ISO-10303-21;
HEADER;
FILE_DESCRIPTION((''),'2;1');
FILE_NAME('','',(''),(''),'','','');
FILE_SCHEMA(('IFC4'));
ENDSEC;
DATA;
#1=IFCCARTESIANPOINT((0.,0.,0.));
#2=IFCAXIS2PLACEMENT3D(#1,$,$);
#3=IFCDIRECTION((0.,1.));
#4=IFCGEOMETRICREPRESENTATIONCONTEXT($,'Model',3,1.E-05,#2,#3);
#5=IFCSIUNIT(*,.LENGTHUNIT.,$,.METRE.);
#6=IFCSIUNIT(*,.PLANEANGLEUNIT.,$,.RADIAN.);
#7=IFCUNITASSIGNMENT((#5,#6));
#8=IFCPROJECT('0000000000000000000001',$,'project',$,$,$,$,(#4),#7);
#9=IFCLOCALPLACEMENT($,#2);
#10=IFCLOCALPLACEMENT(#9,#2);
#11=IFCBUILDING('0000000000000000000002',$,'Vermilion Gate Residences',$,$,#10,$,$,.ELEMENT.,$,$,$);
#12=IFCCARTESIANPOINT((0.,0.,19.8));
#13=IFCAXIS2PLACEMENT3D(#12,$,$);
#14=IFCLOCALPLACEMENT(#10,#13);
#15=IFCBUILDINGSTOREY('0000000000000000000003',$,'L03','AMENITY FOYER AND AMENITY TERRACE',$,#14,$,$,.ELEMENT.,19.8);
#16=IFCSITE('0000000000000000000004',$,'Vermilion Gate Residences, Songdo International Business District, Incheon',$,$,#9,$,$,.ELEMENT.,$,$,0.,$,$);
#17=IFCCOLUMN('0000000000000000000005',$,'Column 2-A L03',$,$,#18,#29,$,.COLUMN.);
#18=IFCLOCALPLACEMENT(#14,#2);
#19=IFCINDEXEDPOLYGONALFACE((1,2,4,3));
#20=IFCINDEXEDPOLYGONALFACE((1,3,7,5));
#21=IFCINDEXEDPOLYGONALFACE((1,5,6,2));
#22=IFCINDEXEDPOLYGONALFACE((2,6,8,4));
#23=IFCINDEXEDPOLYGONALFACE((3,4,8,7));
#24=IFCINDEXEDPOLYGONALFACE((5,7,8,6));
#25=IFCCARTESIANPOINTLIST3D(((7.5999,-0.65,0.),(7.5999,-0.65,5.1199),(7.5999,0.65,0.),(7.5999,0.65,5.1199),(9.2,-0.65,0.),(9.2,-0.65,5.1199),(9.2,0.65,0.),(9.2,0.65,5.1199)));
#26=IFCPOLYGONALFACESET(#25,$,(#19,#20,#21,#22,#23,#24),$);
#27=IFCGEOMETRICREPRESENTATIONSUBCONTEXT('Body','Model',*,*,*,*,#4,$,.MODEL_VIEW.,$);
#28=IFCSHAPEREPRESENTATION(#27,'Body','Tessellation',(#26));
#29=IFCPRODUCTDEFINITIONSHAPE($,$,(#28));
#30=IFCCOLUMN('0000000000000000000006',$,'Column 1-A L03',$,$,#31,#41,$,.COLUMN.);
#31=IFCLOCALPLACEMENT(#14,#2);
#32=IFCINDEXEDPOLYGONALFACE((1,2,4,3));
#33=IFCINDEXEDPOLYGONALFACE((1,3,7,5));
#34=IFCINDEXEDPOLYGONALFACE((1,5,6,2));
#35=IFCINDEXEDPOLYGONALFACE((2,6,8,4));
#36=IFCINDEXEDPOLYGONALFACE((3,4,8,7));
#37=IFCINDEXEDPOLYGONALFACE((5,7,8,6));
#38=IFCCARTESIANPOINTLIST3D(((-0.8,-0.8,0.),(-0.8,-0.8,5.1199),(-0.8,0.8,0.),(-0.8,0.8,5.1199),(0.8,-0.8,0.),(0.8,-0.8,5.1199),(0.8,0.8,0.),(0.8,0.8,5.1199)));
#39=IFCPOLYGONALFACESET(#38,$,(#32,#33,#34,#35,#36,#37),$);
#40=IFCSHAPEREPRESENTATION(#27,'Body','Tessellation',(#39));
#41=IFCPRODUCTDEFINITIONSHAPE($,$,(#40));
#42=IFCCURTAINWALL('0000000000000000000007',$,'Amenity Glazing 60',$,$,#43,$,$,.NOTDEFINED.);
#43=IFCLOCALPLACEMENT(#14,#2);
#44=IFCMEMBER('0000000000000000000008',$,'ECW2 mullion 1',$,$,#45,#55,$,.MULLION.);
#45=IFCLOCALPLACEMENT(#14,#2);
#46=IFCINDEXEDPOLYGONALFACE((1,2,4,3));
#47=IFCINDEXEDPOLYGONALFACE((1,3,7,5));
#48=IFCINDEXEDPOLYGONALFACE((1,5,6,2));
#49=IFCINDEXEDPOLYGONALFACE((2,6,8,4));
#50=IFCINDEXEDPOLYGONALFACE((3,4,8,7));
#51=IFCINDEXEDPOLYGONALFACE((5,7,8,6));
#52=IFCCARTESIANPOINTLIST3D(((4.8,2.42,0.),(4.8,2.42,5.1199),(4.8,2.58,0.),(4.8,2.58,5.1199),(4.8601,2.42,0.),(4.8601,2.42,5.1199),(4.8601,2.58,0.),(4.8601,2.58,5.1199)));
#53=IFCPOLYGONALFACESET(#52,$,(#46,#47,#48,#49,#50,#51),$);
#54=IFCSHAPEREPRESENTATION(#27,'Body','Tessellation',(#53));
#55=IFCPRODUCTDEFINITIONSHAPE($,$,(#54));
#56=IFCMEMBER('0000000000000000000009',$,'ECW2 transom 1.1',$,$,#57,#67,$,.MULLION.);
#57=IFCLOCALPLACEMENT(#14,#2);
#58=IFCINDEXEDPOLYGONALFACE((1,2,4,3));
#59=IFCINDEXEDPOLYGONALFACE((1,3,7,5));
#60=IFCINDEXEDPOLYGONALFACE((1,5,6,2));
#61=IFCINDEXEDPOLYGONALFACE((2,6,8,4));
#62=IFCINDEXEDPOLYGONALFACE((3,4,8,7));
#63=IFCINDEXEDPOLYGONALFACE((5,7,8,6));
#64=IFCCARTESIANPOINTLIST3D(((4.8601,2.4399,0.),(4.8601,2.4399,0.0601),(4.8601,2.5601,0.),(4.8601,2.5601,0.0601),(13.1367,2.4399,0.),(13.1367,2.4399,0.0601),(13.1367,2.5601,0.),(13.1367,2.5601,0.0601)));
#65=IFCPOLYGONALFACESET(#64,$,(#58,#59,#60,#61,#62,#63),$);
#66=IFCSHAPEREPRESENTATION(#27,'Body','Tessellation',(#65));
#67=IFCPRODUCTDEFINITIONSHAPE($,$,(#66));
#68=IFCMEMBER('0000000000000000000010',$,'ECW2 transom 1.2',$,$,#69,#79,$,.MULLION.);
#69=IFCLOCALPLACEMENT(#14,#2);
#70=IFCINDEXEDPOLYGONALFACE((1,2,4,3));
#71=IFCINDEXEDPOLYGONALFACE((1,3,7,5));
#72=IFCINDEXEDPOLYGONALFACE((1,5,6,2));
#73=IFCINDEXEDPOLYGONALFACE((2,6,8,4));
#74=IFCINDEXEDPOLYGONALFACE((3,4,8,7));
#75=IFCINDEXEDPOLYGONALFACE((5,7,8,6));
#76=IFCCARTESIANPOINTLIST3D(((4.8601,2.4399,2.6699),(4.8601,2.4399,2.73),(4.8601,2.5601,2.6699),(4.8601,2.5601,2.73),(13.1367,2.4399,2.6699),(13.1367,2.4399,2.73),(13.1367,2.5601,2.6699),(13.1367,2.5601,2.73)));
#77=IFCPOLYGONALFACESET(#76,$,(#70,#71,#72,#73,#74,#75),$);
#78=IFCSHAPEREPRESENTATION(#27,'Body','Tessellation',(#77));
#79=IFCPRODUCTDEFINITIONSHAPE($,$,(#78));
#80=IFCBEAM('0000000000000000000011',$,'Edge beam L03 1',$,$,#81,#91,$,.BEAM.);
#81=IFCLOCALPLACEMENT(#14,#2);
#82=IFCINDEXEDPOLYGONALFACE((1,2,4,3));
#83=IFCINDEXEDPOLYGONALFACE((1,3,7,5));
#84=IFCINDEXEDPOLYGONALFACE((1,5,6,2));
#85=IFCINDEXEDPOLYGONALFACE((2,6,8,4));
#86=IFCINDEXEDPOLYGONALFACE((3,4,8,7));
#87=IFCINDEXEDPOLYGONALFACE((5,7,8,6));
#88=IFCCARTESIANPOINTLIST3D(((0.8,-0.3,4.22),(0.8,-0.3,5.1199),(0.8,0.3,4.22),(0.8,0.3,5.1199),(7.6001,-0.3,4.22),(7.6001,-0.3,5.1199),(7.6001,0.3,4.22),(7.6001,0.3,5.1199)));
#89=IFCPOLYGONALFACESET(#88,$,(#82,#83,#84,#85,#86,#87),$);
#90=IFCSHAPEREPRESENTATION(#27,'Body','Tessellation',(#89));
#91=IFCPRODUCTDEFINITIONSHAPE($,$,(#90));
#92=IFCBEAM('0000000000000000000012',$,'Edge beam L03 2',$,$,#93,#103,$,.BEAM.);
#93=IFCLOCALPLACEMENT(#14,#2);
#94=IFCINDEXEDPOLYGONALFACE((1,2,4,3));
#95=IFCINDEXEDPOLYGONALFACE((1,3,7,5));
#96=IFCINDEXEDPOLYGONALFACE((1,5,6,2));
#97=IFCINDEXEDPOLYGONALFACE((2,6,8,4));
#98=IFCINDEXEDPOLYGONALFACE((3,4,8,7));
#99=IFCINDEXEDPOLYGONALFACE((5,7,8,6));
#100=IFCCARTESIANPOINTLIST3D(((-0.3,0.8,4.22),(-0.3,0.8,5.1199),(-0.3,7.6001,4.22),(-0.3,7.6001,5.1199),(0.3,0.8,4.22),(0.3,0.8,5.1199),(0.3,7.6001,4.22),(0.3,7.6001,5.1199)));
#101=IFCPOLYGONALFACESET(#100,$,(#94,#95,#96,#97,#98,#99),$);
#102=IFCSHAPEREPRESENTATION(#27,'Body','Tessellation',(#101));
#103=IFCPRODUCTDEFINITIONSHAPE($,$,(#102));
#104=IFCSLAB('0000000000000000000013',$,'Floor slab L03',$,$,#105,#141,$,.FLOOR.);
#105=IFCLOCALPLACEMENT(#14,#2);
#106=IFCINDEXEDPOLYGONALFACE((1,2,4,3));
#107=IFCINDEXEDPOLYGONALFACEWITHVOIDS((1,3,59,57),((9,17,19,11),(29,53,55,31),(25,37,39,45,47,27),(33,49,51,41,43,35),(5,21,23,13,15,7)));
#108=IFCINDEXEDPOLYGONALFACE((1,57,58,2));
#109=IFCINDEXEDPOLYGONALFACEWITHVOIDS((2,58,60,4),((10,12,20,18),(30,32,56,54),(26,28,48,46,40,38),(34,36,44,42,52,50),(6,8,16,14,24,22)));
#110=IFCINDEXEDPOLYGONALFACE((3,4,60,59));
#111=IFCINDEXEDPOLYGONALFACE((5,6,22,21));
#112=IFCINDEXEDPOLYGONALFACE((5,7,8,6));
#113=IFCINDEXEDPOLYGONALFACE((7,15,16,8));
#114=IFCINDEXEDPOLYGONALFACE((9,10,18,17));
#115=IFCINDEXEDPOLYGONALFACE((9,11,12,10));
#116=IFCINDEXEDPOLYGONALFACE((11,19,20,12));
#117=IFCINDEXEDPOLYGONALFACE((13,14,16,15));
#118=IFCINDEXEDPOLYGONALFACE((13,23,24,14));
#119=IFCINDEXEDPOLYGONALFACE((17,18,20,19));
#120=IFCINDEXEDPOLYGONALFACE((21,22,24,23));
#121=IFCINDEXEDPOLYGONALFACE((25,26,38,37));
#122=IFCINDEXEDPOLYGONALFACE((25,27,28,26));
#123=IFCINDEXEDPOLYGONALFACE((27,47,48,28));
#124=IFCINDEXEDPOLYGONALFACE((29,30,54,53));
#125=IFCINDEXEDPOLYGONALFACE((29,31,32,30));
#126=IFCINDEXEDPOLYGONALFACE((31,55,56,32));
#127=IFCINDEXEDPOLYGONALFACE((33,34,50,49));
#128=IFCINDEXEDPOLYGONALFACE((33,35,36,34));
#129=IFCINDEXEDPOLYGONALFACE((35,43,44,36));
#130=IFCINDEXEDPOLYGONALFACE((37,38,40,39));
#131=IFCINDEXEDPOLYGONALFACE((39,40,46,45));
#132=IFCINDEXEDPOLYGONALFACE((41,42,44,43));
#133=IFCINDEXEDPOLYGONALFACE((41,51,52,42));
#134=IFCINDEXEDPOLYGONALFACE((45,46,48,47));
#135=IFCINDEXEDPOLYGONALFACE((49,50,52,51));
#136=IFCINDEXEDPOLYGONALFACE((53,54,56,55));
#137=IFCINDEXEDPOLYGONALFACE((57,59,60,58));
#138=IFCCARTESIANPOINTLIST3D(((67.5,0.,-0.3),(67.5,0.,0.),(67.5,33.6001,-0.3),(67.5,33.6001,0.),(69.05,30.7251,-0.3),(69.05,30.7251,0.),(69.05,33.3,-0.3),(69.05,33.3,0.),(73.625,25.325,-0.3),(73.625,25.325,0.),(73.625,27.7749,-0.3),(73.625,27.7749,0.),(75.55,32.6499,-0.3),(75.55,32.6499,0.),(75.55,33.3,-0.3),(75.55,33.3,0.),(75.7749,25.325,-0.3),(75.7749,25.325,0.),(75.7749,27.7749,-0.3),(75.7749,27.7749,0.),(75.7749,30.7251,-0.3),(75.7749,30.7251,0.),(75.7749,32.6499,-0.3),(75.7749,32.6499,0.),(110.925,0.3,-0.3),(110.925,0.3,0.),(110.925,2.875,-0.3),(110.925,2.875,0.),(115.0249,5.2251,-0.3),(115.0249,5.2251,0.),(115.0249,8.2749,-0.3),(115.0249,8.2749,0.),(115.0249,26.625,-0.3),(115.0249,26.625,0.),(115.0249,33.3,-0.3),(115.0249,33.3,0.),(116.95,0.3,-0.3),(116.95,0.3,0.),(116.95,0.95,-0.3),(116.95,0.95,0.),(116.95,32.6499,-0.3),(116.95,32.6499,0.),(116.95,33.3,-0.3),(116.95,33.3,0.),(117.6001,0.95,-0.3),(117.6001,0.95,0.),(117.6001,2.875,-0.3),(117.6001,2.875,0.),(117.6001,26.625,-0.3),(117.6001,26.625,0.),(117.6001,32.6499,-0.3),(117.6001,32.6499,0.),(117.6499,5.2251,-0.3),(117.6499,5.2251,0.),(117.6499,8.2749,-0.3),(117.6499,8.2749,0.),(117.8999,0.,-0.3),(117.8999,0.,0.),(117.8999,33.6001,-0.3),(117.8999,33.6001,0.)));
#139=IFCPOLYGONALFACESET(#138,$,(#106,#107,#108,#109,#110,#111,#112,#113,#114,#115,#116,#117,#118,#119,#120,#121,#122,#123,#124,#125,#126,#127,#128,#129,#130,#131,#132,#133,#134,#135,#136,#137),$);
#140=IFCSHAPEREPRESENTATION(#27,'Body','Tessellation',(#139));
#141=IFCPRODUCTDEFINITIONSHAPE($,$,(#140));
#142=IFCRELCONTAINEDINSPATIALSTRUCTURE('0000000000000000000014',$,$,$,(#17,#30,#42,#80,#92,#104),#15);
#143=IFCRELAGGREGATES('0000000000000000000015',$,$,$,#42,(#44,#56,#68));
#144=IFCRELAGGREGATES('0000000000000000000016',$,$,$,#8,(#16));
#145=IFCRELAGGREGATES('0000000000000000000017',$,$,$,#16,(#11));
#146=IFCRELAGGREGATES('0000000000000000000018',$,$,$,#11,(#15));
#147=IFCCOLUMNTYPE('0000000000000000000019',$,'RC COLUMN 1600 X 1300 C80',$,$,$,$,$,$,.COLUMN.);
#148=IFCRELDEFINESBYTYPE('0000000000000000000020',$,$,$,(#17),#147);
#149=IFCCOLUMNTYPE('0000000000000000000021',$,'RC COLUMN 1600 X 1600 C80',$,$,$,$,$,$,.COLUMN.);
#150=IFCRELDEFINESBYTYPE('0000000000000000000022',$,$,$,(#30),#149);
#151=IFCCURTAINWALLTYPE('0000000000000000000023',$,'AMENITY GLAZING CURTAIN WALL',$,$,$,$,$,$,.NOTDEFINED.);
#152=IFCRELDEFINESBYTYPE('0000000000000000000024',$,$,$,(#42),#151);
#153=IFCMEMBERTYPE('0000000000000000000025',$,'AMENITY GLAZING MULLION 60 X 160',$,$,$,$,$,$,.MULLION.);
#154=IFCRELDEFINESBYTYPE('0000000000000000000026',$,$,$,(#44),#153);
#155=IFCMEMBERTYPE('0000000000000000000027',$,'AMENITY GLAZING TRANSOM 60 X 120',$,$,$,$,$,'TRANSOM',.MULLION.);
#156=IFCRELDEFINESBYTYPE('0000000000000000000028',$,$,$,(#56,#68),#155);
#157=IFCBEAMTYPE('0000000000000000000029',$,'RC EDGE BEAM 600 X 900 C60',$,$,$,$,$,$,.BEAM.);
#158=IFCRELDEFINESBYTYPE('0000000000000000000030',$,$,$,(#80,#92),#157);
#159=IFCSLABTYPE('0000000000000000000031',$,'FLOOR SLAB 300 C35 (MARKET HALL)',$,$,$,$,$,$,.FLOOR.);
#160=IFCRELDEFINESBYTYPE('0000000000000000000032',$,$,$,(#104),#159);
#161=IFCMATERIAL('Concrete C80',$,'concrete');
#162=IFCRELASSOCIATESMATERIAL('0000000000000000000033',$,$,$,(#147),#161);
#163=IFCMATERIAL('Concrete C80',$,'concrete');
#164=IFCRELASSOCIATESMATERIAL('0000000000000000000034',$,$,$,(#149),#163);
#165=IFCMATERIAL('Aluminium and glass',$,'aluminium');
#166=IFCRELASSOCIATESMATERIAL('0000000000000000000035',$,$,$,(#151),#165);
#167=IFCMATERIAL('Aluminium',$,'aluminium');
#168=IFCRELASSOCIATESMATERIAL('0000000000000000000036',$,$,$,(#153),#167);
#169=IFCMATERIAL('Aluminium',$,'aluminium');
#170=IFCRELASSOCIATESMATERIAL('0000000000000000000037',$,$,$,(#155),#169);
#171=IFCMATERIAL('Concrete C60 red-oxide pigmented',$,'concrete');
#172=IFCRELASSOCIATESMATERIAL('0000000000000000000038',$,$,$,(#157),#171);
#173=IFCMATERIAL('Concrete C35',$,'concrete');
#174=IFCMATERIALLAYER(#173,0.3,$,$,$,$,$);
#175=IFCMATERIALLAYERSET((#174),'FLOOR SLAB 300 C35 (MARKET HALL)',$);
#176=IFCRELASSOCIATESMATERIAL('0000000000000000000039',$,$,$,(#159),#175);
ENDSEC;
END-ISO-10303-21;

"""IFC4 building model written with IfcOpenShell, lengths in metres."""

from ifc_helpers import new_model, si_unit, direction, frame, origin, origin_with_axes, origin_2d, place, context, subcontext, project, spatial, polyline, rectangle, outline, extrude, material, layer, layer_set, material_profile, profile_set, type_object, element, aggregate, save


model = new_model("IFC4")

# Units and contexts
model_context = context("Model", 3, precision=1e-05, world=origin(), true_north=direction((0.0, 1.0)))
body_context = subcontext(model_context, "Body", "Model", "MODEL_VIEW")
ifc_project = project(units=[si_unit("LENGTHUNIT", "METRE"), si_unit("PLANEANGLEUNIT", "RADIAN")], contexts=[model_context])

# Site, building, storey
site_placement = place(None, origin())
site = spatial("IfcSite", under=ifc_project, at=site_placement, Name="Vermilion Gate Residences, Songdo International Business District, Incheon", CompositionType="ELEMENT", RefElevation=0.0)
building_placement = place(site_placement, origin())
building = spatial("IfcBuilding", under=site, at=building_placement, Name="Vermilion Gate Residences", CompositionType="ELEMENT")
storey_placement = place(building_placement, frame((0.0, 0.0, 19.8)))
storey = spatial("IfcBuildingStorey", under=building, at=storey_placement, Name="L03", Description="AMENITY FOYER AND AMENITY TERRACE", CompositionType="ELEMENT", Elevation=19.8)

# Columns
ifc_material_1 = material(Name="Concrete C80", Category="concrete")
ifc_material_profile_1 = material_profile(ifc_material_1, rectangle(XDim=1.6001, YDim=1.3, at=origin_2d()), Name="RC-1600x1300")
ifc_profile_set_1 = profile_set([ifc_material_profile_1], Name="Concrete C80")
column_type_1 = type_object("IfcColumnType", Name="RC COLUMN 1600 X 1300 C80", PredefinedType="COLUMN", material=ifc_profile_set_1)
column_1_placement = place(storey_placement, frame((8.3999, 0.0, 0.0), z_axis=(0.0, 0.0, 1.0), x_axis=(1.0, 0.0, 0.0)))
element("IfcColumn", 1, at=column_1_placement, inside=storey, type_object=column_type_1, Name="Column 2-A L03", PredefinedType="COLUMN", context=body_context, shape_type="SweptSolid", body=[
    extrude(rectangle(XDim=1.6001, YDim=1.3, at=origin_2d()), origin(), (0.0, 0.0, 1.0), 5.1199),
])
ifc_material_2 = material(Name="Concrete C80", Category="concrete")
ifc_material_profile_2 = material_profile(ifc_material_2, rectangle(XDim=1.6001, YDim=1.6001, at=origin_2d()), Name="RC-1600x1600")
ifc_profile_set_2 = profile_set([ifc_material_profile_2], Name="Concrete C80")
column_type_2 = type_object("IfcColumnType", Name="RC COLUMN 1600 X 1600 C80", PredefinedType="COLUMN", material=ifc_profile_set_2)
column_2_placement = place(storey_placement, origin_with_axes())
element("IfcColumn", 2, at=column_2_placement, inside=storey, type_object=column_type_2, Name="Column 1-A L03", PredefinedType="COLUMN", context=body_context, shape_type="SweptSolid", body=[
    extrude(rectangle(XDim=1.6001, YDim=1.6001, at=origin_2d()), origin(), (0.0, 0.0, 1.0), 5.1199),
])

# Curtain wall, members
ifc_material_3 = material(Name="Aluminium and glass", Category="aluminium")
curtain_wall_type = type_object("IfcCurtainWallType", Name="AMENITY GLAZING CURTAIN WALL", PredefinedType="NOTDEFINED", material=ifc_material_3)
curtain_wall_placement = place(storey_placement, origin())
curtain_wall = element("IfcCurtainWall", 3, at=curtain_wall_placement, inside=storey, type_object=curtain_wall_type, Name="Amenity Glazing 60", PredefinedType="NOTDEFINED")
ifc_material_4 = material(Name="Aluminium", Category="aluminium")
ifc_material_profile_3 = material_profile(ifc_material_4, rectangle(XDim=0.1599, YDim=0.0601, at=origin_2d()), Name="MULLION 60 X 160")
ifc_profile_set_3 = profile_set([ifc_material_profile_3], Name="Aluminium")
member_type_1 = type_object("IfcMemberType", Name="AMENITY GLAZING MULLION 60 X 160", PredefinedType="MULLION", material=ifc_profile_set_3)
member_1_placement = place(storey_placement, frame((4.8301, 2.5, 0.0), z_axis=(0.0, 0.0, 1.0), x_axis=(0.0, 1.0, 0.0)))
member_1 = element("IfcMember", 4, at=member_1_placement, type_object=member_type_1, Name="ECW2 mullion 1", PredefinedType="MULLION", context=body_context, shape_type="SweptSolid", body=[
    extrude(rectangle(XDim=0.1599, YDim=0.0601, at=origin_2d()), origin(), (0.0, 0.0, 1.0), 5.1199),
])
ifc_material_5 = material(Name="Aluminium", Category="aluminium")
ifc_material_profile_4 = material_profile(ifc_material_5, rectangle(XDim=0.1201, YDim=0.0601, at=origin_2d()), Name="TRANSOM 60 X 120")
ifc_profile_set_4 = profile_set([ifc_material_profile_4], Name="Aluminium")
member_type_2 = type_object("IfcMemberType", Name="AMENITY GLAZING TRANSOM 60 X 120", ElementType="TRANSOM", PredefinedType="MULLION", material=ifc_profile_set_4)
member_2_placement = place(storey_placement, frame((4.8601, 2.5, 0.03), z_axis=(1.0, 0.0, 0.0), x_axis=(0.0, 1.0, 0.0)))
member_2 = element("IfcMember", 5, at=member_2_placement, type_object=member_type_2, Name="ECW2 transom 1.1", PredefinedType="MULLION", context=body_context, shape_type="SweptSolid", body=[
    extrude(rectangle(XDim=0.1201, YDim=0.0601, at=origin_2d()), origin(), (0.0, 0.0, 1.0), 8.2766),
])
member_3_placement = place(storey_placement, frame((4.8601, 2.5, 2.7), z_axis=(1.0, 0.0, 0.0), x_axis=(0.0, 1.0, 0.0)))
member_3 = element("IfcMember", 6, at=member_3_placement, type_object=member_type_2, Name="ECW2 transom 1.2", PredefinedType="MULLION", context=body_context, shape_type="SweptSolid", body=[
    extrude(rectangle(XDim=0.1201, YDim=0.0601, at=origin_2d()), origin(), (0.0, 0.0, 1.0), 8.2766),
])
aggregate(curtain_wall, [member_1, member_2, member_3])

# Beams
ifc_material_6 = material(Name="Concrete C60 red-oxide pigmented", Category="concrete")
ifc_material_profile_5 = material_profile(ifc_material_6, rectangle(XDim=0.6001, YDim=0.8999, at=origin_2d()), Name="RC-600x900")
ifc_profile_set_5 = profile_set([ifc_material_profile_5], Name="Concrete C60 red-oxide pigmented")
beam_type = type_object("IfcBeamType", Name="RC EDGE BEAM 600 X 900 C60", PredefinedType="BEAM", material=ifc_profile_set_5)
for number, where, z_axis, x_axis, name in (
    (7, (0.8, 0.0, 4.6699), (1.0, 0.0, 0.0), (0.0, 1.0, 0.0), "Edge beam L03 1"),
    (8, (0.0, 0.8, 4.6699), (0.0, 1.0, 0.0), (-1.0, 0.0, 0.0), "Edge beam L03 2"),
):
    element("IfcBeam", number, at=place(storey_placement, frame(where, z_axis=z_axis, x_axis=x_axis)), inside=storey, type_object=beam_type, Name=name, PredefinedType="BEAM", context=body_context, shape_type="SweptSolid", body=[
        extrude(rectangle(XDim=0.6001, YDim=0.8999, at=origin_2d()), origin(), (0.0, 0.0, 1.0), 6.8),
    ])

# Slab
ifc_material_7 = material(Name="Concrete C35", Category="concrete")
ifc_layer_1 = layer(ifc_material_7, 0.3)
ifc_layer_set_1 = layer_set([ifc_layer_1], Name="FLOOR SLAB 300 C35 (MARKET HALL)")
slab_type_1 = type_object("IfcSlabType", Name="FLOOR SLAB 300 C35 (MARKET HALL)", PredefinedType="FLOOR", material=ifc_layer_set_1)
slab_1_placement = place(storey_placement, frame((0.0, 0.0, -0.3)))
element("IfcSlab", 9, at=slab_1_placement, inside=storey, type_object=slab_type_1, Name="Floor slab L03", PredefinedType="FLOOR", context=body_context, shape_type="SweptSolid", body=[
    extrude(outline(polyline([(67.5, 0.0), (117.8999, 0.0), (117.8999, 33.6001), (67.5, 33.6001), (67.5, 0.0)]), holes=[polyline([(110.925, 2.875), (117.6001, 2.875), (117.6001, 0.95), (116.95, 0.95), (116.95, 0.3), (110.925, 0.3), (110.925, 2.875)]), polyline([(115.0249, 5.2251), (115.0249, 8.2749), (117.6499, 8.2749), (117.6499, 5.2251), (115.0249, 5.2251)]), polyline([(73.625, 25.325), (73.625, 27.7749), (75.7749, 27.7749), (75.7749, 25.325), (73.625, 25.325)]), polyline([(115.0249, 33.3), (116.95, 33.3), (116.95, 32.6499), (117.6001, 32.6499), (117.6001, 26.625), (115.0249, 26.625), (115.0249, 33.3)]), polyline([(69.05, 33.3), (75.55, 33.3), (75.55, 32.6499), (75.7749, 32.6499), (75.7749, 30.7251), (69.05, 30.7251), (69.05, 33.3)])]), origin(), (0.0, 0.0, 1.0), 0.3),
])

save(model, "model.ifc")
